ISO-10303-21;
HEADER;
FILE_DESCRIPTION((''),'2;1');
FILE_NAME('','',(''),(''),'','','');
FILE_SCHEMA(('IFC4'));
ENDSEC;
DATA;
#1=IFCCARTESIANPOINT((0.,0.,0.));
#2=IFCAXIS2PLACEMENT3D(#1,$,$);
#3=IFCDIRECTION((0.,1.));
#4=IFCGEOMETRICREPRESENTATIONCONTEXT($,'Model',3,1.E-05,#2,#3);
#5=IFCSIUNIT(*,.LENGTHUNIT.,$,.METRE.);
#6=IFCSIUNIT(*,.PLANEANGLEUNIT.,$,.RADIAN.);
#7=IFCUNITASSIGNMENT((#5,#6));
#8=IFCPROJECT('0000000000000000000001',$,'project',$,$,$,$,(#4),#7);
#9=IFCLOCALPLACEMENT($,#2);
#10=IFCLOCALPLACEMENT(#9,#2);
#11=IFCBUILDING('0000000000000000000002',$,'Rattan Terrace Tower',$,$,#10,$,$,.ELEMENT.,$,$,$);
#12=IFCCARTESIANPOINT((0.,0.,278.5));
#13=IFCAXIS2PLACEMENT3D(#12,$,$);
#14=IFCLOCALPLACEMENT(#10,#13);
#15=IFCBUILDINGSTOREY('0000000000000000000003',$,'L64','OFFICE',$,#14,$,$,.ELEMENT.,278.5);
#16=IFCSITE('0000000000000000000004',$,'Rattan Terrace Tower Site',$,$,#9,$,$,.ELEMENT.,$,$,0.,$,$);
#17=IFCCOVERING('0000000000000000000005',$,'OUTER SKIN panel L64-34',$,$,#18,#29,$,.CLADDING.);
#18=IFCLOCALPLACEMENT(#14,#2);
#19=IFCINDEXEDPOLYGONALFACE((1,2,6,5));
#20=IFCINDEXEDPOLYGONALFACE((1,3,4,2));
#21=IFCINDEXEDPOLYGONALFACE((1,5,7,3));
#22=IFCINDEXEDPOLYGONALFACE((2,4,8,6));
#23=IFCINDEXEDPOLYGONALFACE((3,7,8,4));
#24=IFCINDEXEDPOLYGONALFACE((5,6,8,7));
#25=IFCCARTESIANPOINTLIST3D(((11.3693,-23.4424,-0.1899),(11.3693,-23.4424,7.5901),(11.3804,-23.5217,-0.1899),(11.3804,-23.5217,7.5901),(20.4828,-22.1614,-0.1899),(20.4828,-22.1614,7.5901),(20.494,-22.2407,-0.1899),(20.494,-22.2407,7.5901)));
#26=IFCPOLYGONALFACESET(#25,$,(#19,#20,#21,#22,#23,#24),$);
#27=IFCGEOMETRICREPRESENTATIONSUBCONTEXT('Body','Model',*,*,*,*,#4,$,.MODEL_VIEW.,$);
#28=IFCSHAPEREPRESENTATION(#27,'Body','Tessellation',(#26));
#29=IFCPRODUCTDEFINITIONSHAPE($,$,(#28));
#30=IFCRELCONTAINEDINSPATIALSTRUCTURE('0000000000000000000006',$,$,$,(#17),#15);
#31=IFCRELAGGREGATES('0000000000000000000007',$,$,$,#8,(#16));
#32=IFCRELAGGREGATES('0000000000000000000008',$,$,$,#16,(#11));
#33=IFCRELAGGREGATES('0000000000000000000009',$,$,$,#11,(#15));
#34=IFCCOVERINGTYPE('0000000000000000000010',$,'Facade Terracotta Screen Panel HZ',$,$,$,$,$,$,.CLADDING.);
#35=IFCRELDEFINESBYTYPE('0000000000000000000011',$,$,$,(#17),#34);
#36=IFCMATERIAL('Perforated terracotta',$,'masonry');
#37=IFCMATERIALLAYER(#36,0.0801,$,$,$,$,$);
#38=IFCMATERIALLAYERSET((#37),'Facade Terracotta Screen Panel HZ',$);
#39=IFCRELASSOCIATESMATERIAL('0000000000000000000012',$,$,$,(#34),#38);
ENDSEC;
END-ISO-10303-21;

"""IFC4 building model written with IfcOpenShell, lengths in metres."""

from ifc_helpers import new_model, si_unit, direction, frame, origin, origin_2d, place, context, subcontext, project, spatial, rectangle, extrude, material, layer, layer_set, type_object, element, save


model = new_model("IFC4")

# Units and contexts
model_context = context("Model", 3, precision=1e-05, world=origin(), true_north=direction((0.0, 1.0)))
body_context = subcontext(model_context, "Body", "Model", "MODEL_VIEW")
ifc_project = project(units=[si_unit("LENGTHUNIT", "METRE"), si_unit("PLANEANGLEUNIT", "RADIAN")], contexts=[model_context])

# Site, building, storey
site_placement = place(None, origin())
site = spatial("IfcSite", under=ifc_project, at=site_placement, Name="Rattan Terrace Tower Site", CompositionType="ELEMENT", RefElevation=0.0)
building_placement = place(site_placement, origin())
building = spatial("IfcBuilding", under=site, at=building_placement, Name="Rattan Terrace Tower", CompositionType="ELEMENT")
storey_placement = place(building_placement, frame((0.0, 0.0, 278.5)))
storey = spatial("IfcBuildingStorey", under=building, at=storey_placement, Name="L64", Description="OFFICE", CompositionType="ELEMENT", Elevation=278.5)

# Covering
ifc_material_1 = material(Name="Perforated terracotta", Category="masonry")
ifc_layer_1 = layer(ifc_material_1, 0.0801)
ifc_layer_set_1 = layer_set([ifc_layer_1], Name="Facade Terracotta Screen Panel HZ")
covering_type = type_object("IfcCoveringType", Name="Facade Terracotta Screen Panel HZ", PredefinedType="CLADDING", material=ifc_layer_set_1)
covering_1_placement = place(storey_placement, frame((15.9316, -22.8416, -0.1899), z_axis=(0.0, 0.0, 1.0), x_axis=(0.990266, 0.139189, 0.0)))
element("IfcCovering", 1, at=covering_1_placement, inside=storey, type_object=covering_type, Name="OUTER SKIN panel L64-34", PredefinedType="CLADDING", context=body_context, shape_type="SweptSolid", body=[
    extrude(rectangle(XDim=9.2031, YDim=0.0801, at=origin_2d()), origin(), (0.0, 0.0, 1.0), 7.78),
])

save(model, "model.ifc")
